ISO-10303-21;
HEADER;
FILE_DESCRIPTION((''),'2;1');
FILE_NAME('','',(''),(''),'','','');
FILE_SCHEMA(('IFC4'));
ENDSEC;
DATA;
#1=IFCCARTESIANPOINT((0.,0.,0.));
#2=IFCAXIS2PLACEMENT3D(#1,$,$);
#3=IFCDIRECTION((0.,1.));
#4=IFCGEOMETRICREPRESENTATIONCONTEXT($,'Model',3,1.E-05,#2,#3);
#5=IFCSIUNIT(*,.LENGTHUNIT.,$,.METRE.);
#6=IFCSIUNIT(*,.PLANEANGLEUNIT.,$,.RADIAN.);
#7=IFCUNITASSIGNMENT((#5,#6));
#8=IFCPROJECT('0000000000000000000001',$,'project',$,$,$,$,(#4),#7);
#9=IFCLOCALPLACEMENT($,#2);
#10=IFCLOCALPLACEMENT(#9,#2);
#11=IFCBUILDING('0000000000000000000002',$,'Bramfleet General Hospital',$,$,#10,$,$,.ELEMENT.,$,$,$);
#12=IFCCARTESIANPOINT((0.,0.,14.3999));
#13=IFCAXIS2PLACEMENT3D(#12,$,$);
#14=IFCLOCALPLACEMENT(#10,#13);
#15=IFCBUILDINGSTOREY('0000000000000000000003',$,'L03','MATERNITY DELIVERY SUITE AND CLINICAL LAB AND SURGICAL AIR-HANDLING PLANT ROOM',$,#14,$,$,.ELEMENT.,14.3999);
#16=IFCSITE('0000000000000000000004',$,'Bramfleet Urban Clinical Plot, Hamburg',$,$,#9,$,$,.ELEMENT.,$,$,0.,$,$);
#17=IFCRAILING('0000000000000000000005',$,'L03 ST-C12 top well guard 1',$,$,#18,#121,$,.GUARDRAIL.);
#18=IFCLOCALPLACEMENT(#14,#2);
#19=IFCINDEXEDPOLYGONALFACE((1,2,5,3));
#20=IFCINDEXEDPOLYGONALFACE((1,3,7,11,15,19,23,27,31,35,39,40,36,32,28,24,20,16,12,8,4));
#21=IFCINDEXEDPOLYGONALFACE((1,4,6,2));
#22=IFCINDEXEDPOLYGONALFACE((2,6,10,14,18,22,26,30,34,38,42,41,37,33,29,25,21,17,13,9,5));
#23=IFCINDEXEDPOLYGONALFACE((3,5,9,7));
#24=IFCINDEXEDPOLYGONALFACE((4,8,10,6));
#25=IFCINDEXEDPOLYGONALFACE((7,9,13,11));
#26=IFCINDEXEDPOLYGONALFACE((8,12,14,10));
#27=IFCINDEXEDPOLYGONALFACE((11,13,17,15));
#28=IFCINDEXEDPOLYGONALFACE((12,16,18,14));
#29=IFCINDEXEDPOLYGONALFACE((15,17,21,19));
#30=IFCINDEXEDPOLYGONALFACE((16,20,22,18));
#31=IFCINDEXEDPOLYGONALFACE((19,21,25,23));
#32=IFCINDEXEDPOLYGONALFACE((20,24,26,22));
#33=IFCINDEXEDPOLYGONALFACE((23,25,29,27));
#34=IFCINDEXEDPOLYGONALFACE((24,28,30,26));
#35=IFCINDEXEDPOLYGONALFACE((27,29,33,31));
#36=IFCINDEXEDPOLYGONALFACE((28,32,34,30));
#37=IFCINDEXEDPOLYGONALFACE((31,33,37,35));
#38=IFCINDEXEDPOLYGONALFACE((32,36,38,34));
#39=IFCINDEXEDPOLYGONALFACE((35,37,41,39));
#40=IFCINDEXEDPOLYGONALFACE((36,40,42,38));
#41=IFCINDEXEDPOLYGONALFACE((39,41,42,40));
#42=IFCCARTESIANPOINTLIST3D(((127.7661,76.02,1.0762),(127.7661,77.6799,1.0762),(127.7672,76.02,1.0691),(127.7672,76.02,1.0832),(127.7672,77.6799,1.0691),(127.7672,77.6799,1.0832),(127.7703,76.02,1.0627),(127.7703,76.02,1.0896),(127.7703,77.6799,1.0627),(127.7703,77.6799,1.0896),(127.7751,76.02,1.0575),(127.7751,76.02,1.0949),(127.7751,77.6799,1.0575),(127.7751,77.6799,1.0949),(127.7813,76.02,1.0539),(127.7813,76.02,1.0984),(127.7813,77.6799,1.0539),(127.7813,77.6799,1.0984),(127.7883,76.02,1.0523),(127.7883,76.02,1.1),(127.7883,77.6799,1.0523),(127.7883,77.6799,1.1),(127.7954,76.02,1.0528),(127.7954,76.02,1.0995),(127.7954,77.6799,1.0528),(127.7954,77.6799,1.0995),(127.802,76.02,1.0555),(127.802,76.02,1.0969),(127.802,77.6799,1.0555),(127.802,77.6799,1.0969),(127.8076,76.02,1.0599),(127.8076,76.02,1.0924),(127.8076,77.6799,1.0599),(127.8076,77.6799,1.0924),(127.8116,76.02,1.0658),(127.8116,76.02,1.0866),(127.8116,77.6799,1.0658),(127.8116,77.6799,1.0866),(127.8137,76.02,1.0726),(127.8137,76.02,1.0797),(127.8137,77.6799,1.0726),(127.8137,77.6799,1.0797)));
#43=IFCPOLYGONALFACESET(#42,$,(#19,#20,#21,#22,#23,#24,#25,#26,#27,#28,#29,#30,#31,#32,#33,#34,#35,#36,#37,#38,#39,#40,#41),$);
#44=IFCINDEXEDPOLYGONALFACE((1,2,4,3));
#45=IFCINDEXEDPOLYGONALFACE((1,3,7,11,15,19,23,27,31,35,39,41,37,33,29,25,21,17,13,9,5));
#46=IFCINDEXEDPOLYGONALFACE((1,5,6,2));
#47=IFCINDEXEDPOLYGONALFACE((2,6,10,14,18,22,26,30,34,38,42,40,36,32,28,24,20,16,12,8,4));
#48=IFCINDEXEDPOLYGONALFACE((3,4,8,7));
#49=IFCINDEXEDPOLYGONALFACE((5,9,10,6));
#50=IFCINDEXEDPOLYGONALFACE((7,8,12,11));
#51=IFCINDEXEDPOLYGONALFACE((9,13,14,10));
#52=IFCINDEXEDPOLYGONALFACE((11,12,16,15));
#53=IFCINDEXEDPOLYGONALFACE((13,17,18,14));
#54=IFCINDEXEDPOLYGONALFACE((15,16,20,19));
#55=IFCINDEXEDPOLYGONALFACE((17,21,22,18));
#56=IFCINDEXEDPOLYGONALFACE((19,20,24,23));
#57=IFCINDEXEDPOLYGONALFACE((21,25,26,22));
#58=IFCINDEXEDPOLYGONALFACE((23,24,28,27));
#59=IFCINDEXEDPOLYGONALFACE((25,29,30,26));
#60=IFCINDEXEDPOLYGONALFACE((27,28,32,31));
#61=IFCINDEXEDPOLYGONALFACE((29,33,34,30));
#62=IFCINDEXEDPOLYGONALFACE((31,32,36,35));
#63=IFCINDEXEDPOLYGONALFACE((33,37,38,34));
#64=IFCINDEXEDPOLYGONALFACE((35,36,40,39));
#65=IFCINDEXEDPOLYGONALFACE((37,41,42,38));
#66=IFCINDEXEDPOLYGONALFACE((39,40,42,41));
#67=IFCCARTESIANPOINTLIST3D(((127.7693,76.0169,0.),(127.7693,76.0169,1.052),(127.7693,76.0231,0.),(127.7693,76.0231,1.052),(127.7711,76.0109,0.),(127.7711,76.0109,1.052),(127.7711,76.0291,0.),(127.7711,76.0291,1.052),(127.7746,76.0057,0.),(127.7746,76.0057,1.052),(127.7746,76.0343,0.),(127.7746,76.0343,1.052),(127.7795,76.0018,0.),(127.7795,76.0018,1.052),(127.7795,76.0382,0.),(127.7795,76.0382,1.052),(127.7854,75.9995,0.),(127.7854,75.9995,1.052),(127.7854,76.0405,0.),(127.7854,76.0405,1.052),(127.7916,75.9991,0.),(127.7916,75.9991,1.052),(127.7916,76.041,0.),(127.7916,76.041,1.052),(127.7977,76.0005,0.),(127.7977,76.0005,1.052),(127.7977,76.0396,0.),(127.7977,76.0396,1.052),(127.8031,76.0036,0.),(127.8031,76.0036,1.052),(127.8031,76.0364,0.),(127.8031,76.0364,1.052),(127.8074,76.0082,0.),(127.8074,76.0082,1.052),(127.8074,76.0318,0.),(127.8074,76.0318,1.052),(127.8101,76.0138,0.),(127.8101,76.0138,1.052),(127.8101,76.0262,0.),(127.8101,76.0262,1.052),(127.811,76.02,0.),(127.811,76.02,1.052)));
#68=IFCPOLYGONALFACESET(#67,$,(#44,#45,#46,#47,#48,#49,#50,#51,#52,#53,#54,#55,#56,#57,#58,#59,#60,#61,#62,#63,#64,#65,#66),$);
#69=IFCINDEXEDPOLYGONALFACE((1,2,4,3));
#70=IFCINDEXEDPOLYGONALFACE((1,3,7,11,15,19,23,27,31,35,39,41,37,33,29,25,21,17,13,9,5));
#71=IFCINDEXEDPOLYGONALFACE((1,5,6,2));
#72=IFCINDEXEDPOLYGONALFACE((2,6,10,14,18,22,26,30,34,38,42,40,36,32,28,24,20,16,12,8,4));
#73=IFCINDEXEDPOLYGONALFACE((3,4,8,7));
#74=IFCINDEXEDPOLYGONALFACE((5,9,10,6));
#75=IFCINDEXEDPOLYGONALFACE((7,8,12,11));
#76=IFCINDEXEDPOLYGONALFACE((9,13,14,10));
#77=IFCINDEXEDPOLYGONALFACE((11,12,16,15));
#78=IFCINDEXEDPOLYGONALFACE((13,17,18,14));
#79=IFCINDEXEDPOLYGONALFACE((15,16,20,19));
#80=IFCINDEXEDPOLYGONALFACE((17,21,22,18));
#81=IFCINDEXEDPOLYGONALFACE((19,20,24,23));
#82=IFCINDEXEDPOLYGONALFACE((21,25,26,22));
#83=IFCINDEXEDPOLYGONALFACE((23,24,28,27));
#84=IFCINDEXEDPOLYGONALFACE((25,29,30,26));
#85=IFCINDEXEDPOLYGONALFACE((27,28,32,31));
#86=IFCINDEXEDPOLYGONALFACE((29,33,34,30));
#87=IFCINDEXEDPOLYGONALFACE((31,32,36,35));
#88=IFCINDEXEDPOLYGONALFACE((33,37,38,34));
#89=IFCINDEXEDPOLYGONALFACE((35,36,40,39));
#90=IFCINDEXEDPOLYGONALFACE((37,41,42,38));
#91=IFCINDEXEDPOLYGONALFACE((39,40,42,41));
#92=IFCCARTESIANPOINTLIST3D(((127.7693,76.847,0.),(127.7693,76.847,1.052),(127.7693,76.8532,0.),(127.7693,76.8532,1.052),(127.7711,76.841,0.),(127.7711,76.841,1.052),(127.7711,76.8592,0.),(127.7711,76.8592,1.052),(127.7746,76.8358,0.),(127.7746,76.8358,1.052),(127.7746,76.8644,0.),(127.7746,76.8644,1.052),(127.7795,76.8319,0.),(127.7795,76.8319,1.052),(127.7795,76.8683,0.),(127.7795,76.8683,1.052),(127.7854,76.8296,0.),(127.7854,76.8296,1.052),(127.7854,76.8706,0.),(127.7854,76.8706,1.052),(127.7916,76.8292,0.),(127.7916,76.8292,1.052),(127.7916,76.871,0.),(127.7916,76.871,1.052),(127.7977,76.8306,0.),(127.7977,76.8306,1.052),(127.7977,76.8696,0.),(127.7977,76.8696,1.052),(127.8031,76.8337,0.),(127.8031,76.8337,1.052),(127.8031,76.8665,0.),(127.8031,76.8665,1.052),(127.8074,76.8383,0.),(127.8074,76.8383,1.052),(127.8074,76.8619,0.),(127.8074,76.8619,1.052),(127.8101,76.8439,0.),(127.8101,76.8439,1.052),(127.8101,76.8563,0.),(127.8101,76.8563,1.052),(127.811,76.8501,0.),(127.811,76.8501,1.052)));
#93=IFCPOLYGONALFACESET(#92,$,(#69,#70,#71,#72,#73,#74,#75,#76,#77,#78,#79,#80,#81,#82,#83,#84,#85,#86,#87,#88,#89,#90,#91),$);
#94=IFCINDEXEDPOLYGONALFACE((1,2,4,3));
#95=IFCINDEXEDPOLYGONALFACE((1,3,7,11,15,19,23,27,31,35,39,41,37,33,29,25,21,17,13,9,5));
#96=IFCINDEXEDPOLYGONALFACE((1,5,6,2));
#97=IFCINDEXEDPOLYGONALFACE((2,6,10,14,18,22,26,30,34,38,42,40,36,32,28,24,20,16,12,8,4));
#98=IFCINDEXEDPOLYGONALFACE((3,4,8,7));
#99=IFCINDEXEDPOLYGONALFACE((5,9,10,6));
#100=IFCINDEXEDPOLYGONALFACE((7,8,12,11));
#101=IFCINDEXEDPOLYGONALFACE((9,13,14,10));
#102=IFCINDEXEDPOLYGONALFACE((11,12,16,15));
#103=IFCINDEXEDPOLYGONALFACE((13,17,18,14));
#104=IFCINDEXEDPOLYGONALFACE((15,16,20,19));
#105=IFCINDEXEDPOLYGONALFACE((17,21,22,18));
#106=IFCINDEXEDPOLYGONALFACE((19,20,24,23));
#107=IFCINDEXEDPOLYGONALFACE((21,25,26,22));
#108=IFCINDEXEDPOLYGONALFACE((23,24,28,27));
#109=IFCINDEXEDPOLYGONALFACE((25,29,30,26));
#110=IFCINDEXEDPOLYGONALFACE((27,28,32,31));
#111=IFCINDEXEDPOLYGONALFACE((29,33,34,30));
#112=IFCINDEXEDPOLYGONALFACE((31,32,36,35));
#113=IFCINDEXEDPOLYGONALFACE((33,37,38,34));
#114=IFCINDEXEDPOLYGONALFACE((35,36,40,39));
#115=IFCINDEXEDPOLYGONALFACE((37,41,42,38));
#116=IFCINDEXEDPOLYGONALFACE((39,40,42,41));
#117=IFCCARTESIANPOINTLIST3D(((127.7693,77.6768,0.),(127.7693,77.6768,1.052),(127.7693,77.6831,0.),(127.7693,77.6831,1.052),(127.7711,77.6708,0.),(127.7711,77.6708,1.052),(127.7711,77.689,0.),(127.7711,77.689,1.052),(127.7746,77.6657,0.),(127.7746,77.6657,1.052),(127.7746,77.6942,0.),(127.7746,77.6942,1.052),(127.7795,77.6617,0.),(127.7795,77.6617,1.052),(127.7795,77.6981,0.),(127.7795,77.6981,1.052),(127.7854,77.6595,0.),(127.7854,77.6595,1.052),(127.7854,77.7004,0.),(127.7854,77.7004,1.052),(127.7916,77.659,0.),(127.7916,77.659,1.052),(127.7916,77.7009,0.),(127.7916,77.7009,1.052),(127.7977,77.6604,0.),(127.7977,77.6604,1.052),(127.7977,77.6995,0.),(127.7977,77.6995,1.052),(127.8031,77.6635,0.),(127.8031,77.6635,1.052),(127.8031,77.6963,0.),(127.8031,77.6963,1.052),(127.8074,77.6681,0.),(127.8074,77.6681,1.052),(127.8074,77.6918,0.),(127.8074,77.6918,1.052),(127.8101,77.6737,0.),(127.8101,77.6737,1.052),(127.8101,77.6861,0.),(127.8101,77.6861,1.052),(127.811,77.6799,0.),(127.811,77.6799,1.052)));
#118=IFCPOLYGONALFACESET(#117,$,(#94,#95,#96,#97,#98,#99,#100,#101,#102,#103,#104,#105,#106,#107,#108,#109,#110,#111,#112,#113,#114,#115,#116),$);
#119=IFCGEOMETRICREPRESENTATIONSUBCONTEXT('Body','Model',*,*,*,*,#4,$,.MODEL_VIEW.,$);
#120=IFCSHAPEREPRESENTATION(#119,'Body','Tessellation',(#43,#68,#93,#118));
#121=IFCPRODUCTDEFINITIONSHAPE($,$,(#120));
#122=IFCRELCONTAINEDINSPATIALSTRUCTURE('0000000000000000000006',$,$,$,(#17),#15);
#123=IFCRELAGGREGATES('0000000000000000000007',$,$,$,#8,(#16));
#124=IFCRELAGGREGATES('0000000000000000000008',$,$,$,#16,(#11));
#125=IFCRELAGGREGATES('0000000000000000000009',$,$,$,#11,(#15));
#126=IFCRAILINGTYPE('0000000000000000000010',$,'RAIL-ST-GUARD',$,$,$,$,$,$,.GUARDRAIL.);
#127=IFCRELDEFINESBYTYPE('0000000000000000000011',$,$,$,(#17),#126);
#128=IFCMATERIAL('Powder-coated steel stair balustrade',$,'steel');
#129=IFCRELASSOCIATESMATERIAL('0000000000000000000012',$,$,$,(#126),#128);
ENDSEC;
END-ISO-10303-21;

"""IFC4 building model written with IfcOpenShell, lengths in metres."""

from ifc_helpers import new_model, si_unit, direction, frame, origin, origin_2d, place, context, subcontext, project, spatial, circle, extrude, material, type_object, element, save


model = new_model("IFC4")

# Units and contexts
model_context = context("Model", 3, precision=1e-05, world=origin(), true_north=direction((0.0, 1.0)))
body_context = subcontext(model_context, "Body", "Model", "MODEL_VIEW")
ifc_project = project(units=[si_unit("LENGTHUNIT", "METRE"), si_unit("PLANEANGLEUNIT", "RADIAN")], contexts=[model_context])

# Site, building, storey
site_placement = place(None, origin())
site = spatial("IfcSite", under=ifc_project, at=site_placement, Name="Bramfleet Urban Clinical Plot, Hamburg", CompositionType="ELEMENT", RefElevation=0.0)
building_placement = place(site_placement, origin())
building = spatial("IfcBuilding", under=site, at=building_placement, Name="Bramfleet General Hospital", CompositionType="ELEMENT")
storey_placement = place(building_placement, frame((0.0, 0.0, 14.3999)))
storey = spatial("IfcBuildingStorey", under=building, at=storey_placement, Name="L03", Description="MATERNITY DELIVERY SUITE AND CLINICAL LAB AND SURGICAL AIR-HANDLING PLANT ROOM", CompositionType="ELEMENT", Elevation=14.3999)

# Railing
ifc_material_1 = material(Name="Powder-coated steel stair balustrade", Category="steel")
railing_type = type_object("IfcRailingType", Name="RAIL-ST-GUARD", PredefinedType="GUARDRAIL", material=ifc_material_1)
railing_placement = place(storey_placement, frame((127.79, 76.02, 0.0)))
element("IfcRailing", 1, at=railing_placement, inside=storey, type_object=railing_type, Name="L03 ST-C12 top well guard 1", PredefinedType="GUARDRAIL", context=body_context, shape_type="SweptSolid", body=[
    extrude(circle(Radius=0.0239, at=origin_2d()), frame((0.0, 0.0, 1.0762), z_axis=(0.0, 1.0, 0.0), x_axis=(-1.0, 0.0, 0.0)), (0.0, 0.0, 1.0), 1.6599),
    extrude(circle(Radius=0.021, at=origin_2d()), origin(), (0.0, 0.0, 1.0), 1.052),
    extrude(circle(Radius=0.021, at=origin_2d()), frame((0.0, 0.8301, 0.0)), (0.0, 0.0, 1.0), 1.052),
    extrude(circle(Radius=0.021, at=origin_2d()), frame((0.0, 1.6599, 0.0)), (0.0, 0.0, 1.0), 1.052),
])

save(model, "model.ifc")
